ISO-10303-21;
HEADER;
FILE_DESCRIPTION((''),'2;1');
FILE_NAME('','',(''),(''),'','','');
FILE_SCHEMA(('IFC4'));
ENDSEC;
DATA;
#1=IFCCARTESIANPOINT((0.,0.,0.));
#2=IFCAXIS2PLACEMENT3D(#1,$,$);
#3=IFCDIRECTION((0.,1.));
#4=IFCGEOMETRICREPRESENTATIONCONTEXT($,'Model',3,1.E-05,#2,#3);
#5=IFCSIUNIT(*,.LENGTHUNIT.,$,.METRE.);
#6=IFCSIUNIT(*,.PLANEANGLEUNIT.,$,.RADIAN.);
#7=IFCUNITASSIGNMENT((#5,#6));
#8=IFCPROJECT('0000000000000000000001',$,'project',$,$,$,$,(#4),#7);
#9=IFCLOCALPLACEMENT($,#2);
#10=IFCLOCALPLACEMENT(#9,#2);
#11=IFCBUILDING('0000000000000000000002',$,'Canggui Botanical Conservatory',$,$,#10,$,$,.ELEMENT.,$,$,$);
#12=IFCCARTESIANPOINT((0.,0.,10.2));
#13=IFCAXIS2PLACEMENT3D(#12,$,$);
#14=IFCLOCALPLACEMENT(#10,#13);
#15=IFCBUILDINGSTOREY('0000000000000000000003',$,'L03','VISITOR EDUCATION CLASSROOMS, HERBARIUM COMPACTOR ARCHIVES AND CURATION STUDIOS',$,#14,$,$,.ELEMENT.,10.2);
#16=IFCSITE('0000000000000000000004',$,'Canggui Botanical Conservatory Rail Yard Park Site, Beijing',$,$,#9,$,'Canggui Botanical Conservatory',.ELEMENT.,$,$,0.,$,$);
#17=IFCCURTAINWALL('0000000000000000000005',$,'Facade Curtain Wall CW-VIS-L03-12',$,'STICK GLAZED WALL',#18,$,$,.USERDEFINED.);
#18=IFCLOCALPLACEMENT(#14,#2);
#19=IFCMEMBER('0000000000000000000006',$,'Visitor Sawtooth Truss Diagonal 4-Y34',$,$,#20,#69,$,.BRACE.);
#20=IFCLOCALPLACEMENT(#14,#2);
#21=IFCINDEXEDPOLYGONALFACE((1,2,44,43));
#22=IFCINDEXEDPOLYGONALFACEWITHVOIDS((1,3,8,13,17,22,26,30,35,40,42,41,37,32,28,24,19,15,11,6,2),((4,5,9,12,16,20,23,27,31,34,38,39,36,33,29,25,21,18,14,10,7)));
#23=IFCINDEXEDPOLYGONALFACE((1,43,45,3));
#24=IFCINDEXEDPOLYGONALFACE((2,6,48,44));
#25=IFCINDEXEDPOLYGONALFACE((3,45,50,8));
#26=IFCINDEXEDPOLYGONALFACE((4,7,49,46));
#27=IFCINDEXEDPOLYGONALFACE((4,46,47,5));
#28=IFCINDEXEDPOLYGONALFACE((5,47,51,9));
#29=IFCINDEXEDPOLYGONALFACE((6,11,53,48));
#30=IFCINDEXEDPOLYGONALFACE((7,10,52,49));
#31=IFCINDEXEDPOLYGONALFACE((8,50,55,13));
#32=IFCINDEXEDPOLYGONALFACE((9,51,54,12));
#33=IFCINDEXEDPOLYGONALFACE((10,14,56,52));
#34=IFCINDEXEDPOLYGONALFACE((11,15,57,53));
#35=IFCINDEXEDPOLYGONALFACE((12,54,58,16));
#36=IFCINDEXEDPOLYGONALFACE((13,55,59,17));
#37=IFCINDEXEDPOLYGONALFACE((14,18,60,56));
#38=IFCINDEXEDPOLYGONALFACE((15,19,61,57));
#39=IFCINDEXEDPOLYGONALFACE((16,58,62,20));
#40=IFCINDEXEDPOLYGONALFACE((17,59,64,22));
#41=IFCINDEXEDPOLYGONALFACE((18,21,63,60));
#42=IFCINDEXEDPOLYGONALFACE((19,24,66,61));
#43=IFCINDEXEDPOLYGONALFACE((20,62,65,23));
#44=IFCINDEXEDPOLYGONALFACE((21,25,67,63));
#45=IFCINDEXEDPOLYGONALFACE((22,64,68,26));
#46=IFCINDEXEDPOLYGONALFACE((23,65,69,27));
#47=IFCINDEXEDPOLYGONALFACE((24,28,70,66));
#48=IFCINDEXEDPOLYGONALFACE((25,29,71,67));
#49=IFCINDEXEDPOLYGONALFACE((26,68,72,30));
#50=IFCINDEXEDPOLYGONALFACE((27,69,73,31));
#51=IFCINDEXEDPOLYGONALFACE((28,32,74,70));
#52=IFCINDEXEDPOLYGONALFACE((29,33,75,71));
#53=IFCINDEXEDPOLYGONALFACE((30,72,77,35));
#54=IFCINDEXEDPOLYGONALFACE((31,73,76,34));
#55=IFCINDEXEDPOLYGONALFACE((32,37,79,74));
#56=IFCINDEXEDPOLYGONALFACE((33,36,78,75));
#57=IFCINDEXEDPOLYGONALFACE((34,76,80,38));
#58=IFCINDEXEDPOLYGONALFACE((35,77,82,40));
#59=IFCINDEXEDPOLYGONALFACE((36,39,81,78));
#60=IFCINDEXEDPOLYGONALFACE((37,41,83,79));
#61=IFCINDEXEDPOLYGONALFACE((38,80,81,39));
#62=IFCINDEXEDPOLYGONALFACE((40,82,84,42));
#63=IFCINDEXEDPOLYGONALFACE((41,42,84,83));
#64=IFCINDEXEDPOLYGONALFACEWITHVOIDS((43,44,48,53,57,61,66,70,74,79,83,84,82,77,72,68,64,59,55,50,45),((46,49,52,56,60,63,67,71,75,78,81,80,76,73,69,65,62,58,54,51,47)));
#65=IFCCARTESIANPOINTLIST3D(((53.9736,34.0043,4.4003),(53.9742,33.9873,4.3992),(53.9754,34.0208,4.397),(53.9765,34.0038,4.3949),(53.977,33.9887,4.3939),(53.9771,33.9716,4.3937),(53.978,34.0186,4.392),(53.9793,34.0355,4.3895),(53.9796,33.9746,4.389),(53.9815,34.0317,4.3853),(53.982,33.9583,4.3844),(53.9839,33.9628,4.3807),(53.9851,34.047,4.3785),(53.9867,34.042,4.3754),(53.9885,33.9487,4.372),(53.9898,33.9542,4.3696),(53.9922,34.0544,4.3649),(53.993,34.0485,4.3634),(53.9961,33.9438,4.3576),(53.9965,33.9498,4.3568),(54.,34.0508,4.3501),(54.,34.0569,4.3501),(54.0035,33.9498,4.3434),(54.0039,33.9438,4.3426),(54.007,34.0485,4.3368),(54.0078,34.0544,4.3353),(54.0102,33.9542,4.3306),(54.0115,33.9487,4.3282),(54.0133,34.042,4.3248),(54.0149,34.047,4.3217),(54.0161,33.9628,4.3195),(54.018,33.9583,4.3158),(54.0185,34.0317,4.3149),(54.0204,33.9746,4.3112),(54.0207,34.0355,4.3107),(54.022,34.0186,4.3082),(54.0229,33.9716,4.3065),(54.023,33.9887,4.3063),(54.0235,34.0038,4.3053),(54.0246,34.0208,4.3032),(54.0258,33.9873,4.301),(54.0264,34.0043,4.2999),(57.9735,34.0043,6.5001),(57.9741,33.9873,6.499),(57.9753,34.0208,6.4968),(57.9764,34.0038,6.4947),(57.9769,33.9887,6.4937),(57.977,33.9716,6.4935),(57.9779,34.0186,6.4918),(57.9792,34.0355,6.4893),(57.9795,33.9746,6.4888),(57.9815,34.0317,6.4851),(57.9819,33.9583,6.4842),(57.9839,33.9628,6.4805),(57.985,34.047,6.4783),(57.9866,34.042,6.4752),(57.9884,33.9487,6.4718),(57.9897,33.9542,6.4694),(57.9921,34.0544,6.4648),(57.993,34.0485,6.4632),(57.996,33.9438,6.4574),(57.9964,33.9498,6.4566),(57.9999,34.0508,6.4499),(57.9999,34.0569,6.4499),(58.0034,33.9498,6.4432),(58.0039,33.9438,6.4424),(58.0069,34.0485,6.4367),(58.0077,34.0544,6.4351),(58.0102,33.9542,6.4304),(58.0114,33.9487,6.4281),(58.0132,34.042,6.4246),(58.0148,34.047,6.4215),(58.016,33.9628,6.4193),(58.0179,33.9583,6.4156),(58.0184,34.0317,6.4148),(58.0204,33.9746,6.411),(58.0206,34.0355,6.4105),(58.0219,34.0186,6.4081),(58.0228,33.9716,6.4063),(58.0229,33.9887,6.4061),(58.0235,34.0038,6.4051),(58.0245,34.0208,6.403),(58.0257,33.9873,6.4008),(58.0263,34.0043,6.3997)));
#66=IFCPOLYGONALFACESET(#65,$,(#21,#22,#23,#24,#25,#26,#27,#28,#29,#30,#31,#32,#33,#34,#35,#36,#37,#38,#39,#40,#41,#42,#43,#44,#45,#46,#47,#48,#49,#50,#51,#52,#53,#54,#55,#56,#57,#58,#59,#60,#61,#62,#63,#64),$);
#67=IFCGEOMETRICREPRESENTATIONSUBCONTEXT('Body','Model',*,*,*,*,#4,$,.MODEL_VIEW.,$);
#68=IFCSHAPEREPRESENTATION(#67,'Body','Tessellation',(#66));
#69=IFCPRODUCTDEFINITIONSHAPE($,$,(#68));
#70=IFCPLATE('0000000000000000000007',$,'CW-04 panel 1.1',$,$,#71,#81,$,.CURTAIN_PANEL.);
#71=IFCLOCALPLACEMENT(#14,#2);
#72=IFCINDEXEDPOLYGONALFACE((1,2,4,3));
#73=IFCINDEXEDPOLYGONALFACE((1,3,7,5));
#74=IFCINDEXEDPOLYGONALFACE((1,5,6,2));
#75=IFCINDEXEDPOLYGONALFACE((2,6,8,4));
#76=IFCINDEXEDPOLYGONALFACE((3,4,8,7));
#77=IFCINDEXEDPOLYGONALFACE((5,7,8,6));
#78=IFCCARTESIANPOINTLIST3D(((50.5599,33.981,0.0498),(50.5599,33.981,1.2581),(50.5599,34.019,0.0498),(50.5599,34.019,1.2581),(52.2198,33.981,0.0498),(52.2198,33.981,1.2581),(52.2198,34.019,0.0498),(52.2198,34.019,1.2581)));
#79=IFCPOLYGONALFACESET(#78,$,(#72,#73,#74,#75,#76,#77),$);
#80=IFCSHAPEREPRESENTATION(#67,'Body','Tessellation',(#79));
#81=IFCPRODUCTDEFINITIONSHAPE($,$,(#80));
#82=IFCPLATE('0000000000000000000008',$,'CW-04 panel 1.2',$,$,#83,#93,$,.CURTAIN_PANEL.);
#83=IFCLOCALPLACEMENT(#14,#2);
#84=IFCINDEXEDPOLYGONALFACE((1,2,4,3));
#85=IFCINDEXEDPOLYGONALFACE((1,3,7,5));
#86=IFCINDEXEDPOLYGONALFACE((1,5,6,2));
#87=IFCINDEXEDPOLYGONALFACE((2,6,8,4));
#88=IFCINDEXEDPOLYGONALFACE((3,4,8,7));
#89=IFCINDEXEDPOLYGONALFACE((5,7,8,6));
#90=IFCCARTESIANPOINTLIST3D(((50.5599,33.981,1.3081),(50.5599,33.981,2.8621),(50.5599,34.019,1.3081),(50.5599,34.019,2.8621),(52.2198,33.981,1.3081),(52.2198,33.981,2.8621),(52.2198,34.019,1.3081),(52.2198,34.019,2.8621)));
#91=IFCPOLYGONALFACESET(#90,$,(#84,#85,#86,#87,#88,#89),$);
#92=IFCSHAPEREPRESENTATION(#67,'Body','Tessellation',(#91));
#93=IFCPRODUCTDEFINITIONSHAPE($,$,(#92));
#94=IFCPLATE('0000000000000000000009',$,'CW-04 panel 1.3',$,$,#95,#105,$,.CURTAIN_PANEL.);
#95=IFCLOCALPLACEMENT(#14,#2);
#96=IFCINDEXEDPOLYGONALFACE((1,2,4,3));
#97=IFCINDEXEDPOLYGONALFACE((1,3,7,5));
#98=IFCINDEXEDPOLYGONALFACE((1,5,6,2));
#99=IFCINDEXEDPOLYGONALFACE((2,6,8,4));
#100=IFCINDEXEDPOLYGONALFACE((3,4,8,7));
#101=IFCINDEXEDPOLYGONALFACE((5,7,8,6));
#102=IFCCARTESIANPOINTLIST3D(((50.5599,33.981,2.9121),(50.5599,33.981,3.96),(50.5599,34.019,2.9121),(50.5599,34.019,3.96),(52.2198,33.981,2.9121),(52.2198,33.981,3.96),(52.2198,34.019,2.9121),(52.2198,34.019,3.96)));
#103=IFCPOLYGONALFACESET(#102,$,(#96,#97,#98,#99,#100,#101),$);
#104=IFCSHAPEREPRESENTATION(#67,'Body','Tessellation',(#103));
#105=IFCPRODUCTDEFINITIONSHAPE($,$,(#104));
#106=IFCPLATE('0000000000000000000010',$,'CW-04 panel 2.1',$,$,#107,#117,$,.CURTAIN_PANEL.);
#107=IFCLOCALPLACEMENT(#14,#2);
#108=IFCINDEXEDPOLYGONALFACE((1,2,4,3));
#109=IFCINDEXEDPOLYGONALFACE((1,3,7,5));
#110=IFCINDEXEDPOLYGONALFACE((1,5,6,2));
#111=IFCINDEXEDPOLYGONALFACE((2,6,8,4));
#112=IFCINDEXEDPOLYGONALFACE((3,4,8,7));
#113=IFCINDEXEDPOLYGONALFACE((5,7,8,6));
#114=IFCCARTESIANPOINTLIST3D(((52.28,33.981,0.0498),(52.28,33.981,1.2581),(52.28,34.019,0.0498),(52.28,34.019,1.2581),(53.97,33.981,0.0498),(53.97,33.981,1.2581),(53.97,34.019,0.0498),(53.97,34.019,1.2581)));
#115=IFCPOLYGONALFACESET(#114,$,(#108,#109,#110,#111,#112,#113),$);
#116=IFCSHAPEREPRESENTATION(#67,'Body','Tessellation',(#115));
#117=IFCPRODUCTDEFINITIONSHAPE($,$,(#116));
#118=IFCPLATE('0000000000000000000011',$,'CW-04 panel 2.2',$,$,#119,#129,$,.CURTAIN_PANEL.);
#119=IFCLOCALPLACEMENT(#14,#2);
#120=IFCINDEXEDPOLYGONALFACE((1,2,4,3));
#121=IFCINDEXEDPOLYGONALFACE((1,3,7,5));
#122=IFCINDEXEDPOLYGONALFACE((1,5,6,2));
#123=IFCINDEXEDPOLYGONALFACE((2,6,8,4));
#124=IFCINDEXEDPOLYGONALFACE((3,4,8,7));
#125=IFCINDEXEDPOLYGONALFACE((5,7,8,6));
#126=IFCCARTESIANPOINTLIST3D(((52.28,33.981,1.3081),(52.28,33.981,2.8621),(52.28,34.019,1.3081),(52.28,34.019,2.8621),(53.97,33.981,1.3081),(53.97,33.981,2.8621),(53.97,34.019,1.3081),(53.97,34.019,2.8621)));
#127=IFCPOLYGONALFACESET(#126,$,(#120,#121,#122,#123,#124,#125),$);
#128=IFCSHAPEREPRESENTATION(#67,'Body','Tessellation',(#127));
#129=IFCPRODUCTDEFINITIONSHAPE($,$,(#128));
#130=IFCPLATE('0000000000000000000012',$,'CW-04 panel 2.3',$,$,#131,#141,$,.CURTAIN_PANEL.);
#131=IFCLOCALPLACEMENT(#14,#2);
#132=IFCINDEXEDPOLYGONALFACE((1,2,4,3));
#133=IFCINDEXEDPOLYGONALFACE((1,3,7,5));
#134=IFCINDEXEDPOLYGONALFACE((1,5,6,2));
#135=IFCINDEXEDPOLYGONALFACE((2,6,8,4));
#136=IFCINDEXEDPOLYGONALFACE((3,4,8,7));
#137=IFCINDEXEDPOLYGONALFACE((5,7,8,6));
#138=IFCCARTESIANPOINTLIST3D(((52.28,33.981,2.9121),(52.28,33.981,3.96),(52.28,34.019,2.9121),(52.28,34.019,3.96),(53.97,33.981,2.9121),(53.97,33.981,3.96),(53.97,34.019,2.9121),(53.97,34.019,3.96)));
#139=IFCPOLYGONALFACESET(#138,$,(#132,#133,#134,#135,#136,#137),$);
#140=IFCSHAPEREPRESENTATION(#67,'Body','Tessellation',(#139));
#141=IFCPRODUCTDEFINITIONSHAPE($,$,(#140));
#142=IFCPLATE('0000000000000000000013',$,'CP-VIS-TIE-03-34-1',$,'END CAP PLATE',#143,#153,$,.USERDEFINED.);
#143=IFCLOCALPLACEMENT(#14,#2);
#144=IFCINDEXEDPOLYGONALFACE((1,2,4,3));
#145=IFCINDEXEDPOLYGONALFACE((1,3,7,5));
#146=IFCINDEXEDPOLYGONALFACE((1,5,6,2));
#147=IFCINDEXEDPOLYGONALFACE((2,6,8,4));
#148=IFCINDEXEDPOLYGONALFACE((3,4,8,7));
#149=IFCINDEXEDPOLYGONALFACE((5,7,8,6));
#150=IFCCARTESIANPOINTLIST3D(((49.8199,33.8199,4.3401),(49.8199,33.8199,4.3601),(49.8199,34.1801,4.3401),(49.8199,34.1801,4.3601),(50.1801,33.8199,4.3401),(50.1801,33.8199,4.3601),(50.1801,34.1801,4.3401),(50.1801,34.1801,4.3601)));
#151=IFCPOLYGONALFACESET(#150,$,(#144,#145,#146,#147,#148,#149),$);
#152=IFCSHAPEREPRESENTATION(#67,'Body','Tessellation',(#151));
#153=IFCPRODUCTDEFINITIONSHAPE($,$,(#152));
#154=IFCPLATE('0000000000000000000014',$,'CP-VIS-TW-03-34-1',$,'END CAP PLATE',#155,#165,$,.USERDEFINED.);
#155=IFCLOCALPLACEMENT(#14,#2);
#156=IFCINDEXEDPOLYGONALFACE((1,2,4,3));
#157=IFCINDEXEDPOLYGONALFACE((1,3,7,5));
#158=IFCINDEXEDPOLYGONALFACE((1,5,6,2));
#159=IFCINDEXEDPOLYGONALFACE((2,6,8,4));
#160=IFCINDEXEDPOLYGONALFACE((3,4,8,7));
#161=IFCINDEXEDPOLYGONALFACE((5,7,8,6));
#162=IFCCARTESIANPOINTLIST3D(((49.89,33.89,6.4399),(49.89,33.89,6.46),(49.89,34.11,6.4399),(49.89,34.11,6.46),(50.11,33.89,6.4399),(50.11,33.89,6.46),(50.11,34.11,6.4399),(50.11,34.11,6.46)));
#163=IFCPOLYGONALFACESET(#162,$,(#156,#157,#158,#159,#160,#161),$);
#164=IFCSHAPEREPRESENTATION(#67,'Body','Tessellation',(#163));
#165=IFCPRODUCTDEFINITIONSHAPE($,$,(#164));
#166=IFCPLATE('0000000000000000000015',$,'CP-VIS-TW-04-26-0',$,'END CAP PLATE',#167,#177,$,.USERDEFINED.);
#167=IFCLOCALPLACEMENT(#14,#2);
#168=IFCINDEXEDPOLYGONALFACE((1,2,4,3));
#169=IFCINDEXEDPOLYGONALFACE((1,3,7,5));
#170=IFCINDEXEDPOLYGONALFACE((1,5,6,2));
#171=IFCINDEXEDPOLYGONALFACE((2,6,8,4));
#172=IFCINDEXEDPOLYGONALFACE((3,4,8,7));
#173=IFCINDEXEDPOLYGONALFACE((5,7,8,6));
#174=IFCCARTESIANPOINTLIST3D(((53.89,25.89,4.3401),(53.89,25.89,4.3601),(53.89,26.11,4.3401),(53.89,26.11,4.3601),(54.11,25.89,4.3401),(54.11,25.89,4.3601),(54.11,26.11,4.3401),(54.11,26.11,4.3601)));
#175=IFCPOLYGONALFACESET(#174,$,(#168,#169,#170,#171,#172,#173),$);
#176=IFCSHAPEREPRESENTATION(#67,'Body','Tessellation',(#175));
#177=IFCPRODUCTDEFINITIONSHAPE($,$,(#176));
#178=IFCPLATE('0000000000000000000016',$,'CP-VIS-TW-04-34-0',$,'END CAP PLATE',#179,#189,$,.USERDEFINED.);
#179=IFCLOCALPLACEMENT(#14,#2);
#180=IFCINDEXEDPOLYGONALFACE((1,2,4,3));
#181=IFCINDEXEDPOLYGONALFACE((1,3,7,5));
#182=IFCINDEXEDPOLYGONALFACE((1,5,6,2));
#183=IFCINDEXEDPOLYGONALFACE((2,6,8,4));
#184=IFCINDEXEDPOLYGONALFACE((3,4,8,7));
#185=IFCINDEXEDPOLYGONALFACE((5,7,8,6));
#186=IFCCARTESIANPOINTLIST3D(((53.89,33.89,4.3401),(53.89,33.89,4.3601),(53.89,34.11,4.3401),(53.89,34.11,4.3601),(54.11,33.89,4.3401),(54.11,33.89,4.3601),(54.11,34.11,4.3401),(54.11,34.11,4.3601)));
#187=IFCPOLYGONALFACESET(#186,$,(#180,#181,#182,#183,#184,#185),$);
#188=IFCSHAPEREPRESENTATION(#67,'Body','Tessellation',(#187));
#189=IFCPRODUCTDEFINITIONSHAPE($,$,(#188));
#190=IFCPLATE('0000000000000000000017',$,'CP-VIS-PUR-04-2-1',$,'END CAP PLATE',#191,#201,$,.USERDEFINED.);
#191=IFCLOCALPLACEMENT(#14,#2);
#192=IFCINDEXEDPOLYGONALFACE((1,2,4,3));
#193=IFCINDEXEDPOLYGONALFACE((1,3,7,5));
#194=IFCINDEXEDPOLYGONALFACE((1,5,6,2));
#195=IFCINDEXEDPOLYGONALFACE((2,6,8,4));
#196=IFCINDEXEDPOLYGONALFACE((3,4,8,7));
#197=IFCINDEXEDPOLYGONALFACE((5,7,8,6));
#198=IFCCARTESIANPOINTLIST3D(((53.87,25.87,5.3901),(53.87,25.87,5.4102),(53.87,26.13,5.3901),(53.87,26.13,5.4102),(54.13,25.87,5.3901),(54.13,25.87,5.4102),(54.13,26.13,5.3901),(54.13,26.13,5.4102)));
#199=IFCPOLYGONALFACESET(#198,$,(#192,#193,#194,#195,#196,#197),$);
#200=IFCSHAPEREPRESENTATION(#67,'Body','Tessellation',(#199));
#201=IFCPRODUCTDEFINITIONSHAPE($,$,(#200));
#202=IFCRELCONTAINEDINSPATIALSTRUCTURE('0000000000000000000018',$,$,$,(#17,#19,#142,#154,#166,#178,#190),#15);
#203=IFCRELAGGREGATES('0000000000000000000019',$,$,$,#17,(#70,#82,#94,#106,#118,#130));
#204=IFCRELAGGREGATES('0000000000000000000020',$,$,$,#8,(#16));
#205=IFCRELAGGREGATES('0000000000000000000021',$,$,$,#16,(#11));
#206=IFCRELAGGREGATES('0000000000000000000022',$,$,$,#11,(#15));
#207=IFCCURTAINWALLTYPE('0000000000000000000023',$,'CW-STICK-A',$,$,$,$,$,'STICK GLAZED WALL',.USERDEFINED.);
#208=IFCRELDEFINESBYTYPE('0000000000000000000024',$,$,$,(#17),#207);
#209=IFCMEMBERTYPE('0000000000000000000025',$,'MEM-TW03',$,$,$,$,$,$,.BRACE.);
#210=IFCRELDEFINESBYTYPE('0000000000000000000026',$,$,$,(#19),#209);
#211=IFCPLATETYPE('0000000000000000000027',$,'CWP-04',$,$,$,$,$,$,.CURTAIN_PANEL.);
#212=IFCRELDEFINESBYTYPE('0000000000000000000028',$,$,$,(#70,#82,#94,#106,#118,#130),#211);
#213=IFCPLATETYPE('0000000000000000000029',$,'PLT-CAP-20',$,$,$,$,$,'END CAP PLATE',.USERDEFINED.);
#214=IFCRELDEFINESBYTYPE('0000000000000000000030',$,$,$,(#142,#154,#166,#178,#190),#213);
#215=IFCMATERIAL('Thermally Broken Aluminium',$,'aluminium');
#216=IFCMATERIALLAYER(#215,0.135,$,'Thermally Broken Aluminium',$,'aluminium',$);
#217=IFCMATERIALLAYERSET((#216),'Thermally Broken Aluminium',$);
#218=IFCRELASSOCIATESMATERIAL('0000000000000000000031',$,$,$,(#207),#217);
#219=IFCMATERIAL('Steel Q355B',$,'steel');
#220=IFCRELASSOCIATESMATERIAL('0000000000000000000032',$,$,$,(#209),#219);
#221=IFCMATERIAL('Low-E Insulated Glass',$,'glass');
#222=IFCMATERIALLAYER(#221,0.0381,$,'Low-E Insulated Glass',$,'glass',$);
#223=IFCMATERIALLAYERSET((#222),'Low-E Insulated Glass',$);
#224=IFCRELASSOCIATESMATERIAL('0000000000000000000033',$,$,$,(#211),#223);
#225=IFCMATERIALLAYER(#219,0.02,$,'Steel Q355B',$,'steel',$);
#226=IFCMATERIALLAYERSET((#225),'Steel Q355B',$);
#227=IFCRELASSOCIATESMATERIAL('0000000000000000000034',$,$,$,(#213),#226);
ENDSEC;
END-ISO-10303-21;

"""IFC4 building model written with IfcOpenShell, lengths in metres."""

from ifc_helpers import new_model, si_unit, direction, frame, origin, origin_2d, place, context, subcontext, project, spatial, rectangle, hollow_circle, extrude, material, layer, layer_set, material_profile, profile_set, type_object, element, aggregate, save


model = new_model("IFC4")

# Units and contexts
model_context = context("Model", 3, precision=1e-05, world=origin(), true_north=direction((0.0, 1.0)))
body_context = subcontext(model_context, "Body", "Model", "MODEL_VIEW")
ifc_project = project(units=[si_unit("LENGTHUNIT", "METRE"), si_unit("PLANEANGLEUNIT", "RADIAN")], contexts=[model_context])

# Site, building, storey
site_placement = place(None, origin())
site = spatial("IfcSite", under=ifc_project, at=site_placement, Name="Canggui Botanical Conservatory Rail Yard Park Site, Beijing", LongName="Canggui Botanical Conservatory", CompositionType="ELEMENT", RefElevation=0.0)
building_placement = place(site_placement, origin())
building = spatial("IfcBuilding", under=site, at=building_placement, Name="Canggui Botanical Conservatory", CompositionType="ELEMENT")
storey_placement = place(building_placement, frame((0.0, 0.0, 10.2)))
storey = spatial("IfcBuildingStorey", under=building, at=storey_placement, Name="L03", Description="VISITOR EDUCATION CLASSROOMS, HERBARIUM COMPACTOR ARCHIVES AND CURATION STUDIOS", CompositionType="ELEMENT", Elevation=10.2)

# Shared definitions
ifc_material_1 = material(Name="Steel Q355B", Category="steel")

# Curtain wall
ifc_material_2 = material(Name="Thermally Broken Aluminium", Category="aluminium")
ifc_layer_1 = layer(ifc_material_2, 0.135, Name="Thermally Broken Aluminium", Category="aluminium")
ifc_layer_set_1 = layer_set([ifc_layer_1], Name="Thermally Broken Aluminium")
curtain_wall_type = type_object("IfcCurtainWallType", Name="CW-STICK-A", ElementType="STICK GLAZED WALL", PredefinedType="USERDEFINED", material=ifc_layer_set_1)
curtain_wall_placement = place(storey_placement, origin())
curtain_wall = element("IfcCurtainWall", 1, at=curtain_wall_placement, inside=storey, type_object=curtain_wall_type, Name="Facade Curtain Wall CW-VIS-L03-12", ObjectType="STICK GLAZED WALL", PredefinedType="USERDEFINED")

# Member
ifc_material_profile_1 = material_profile(ifc_material_1, hollow_circle(Radius=0.0569, WallThickness=0.0061, at=origin_2d()), Name="CHS 114x6")
ifc_profile_set_1 = profile_set([ifc_material_profile_1], Name="Steel Q355B")
member_type_1 = type_object("IfcMemberType", Name="MEM-TW03", PredefinedType="BRACE", material=ifc_profile_set_1)
for number, where, z_axis, x_axis, name in (
    (2, (54.0, 34.0, 4.3501), (0.885411, 0.0, 0.464808), (0.0, 1.0, 0.0), "Visitor Sawtooth Truss Diagonal 4-Y34"),
):
    element("IfcMember", number, at=place(storey_placement, frame(where, z_axis=z_axis, x_axis=x_axis)), inside=storey, type_object=member_type_1, Name=name, PredefinedType="BRACE", context=body_context, shape_type="SweptSolid", body=[
        extrude(hollow_circle(Radius=0.0569, WallThickness=0.0061, at=origin_2d()), origin(), (0.0, 0.0, 1.0), 4.5176),
    ])

# Plates
ifc_material_3 = material(Name="Low-E Insulated Glass", Category="glass")
ifc_layer_2 = layer(ifc_material_3, 0.0381, Name="Low-E Insulated Glass", Category="glass")
ifc_layer_set_2 = layer_set([ifc_layer_2], Name="Low-E Insulated Glass")
plate_type_1 = type_object("IfcPlateType", Name="CWP-04", PredefinedType="CURTAIN_PANEL", material=ifc_layer_set_2)
plate_1_placement = place(storey_placement, frame((51.3899, 34.0, 0.0498), z_axis=(0.0, 0.0, 1.0), x_axis=(1.0, 0.0, 0.0)))
plate_1 = element("IfcPlate", 3, at=plate_1_placement, type_object=plate_type_1, Name="CW-04 panel 1.1", PredefinedType="CURTAIN_PANEL", context=body_context, shape_type="SweptSolid", body=[
    extrude(rectangle(XDim=1.6599, YDim=0.0381, at=origin_2d()), origin(), (0.0, 0.0, 1.0), 1.2083),
])
plate_2_placement = place(storey_placement, frame((51.3899, 34.0, 1.3081), z_axis=(0.0, 0.0, 1.0), x_axis=(1.0, 0.0, 0.0)))
plate_2 = element("IfcPlate", 4, at=plate_2_placement, type_object=plate_type_1, Name="CW-04 panel 1.2", PredefinedType="CURTAIN_PANEL", context=body_context, shape_type="SweptSolid", body=[
    extrude(rectangle(XDim=1.6599, YDim=0.0381, at=origin_2d()), origin(), (0.0, 0.0, 1.0), 1.554),
])
plate_3_placement = place(storey_placement, frame((51.3899, 34.0, 2.9121), z_axis=(0.0, 0.0, 1.0), x_axis=(1.0, 0.0, 0.0)))
plate_3 = element("IfcPlate", 5, at=plate_3_placement, type_object=plate_type_1, Name="CW-04 panel 1.3", PredefinedType="CURTAIN_PANEL", context=body_context, shape_type="SweptSolid", body=[
    extrude(rectangle(XDim=1.6599, YDim=0.0381, at=origin_2d()), origin(), (0.0, 0.0, 1.0), 1.0479),
])
plate_4_placement = place(storey_placement, frame((53.125, 34.0, 0.0498), z_axis=(0.0, 0.0, 1.0), x_axis=(1.0, 0.0, 0.0)))
plate_4 = element("IfcPlate", 6, at=plate_4_placement, type_object=plate_type_1, Name="CW-04 panel 2.1", PredefinedType="CURTAIN_PANEL", context=body_context, shape_type="SweptSolid", body=[
    extrude(rectangle(XDim=1.6899, YDim=0.0381, at=origin_2d()), origin(), (0.0, 0.0, 1.0), 1.2083),
])
plate_5_placement = place(storey_placement, frame((53.125, 34.0, 1.3081), z_axis=(0.0, 0.0, 1.0), x_axis=(1.0, 0.0, 0.0)))
plate_5 = element("IfcPlate", 7, at=plate_5_placement, type_object=plate_type_1, Name="CW-04 panel 2.2", PredefinedType="CURTAIN_PANEL", context=body_context, shape_type="SweptSolid", body=[
    extrude(rectangle(XDim=1.6899, YDim=0.0381, at=origin_2d()), origin(), (0.0, 0.0, 1.0), 1.554),
])
plate_6_placement = place(storey_placement, frame((53.125, 34.0, 2.9121), z_axis=(0.0, 0.0, 1.0), x_axis=(1.0, 0.0, 0.0)))
plate_6 = element("IfcPlate", 8, at=plate_6_placement, type_object=plate_type_1, Name="CW-04 panel 2.3", PredefinedType="CURTAIN_PANEL", context=body_context, shape_type="SweptSolid", body=[
    extrude(rectangle(XDim=1.6899, YDim=0.0381, at=origin_2d()), origin(), (0.0, 0.0, 1.0), 1.0479),
])
aggregate(curtain_wall, [plate_1, plate_2, plate_3, plate_4, plate_5, plate_6])

# Plates
ifc_layer_3 = layer(ifc_material_1, 0.02, Name="Steel Q355B", Category="steel")
ifc_layer_set_3 = layer_set([ifc_layer_3], Name="Steel Q355B")
plate_type_2 = type_object("IfcPlateType", Name="PLT-CAP-20", ElementType="END CAP PLATE", PredefinedType="USERDEFINED", material=ifc_layer_set_3)
plate_7_placement = place(storey_placement, frame((50.0, 34.0, 4.3401), z_axis=(0.0, 0.0, 1.0), x_axis=(1.0, 0.0, 0.0)))
element("IfcPlate", 9, at=plate_7_placement, inside=storey, type_object=plate_type_2, Name="CP-VIS-TIE-03-34-1", ObjectType="END CAP PLATE", PredefinedType="USERDEFINED", context=body_context, shape_type="SweptSolid", body=[
    extrude(rectangle(XDim=0.3601, YDim=0.3601, at=origin_2d()), origin(), (0.0, 0.0, 1.0), 0.02),
])
for number, where, z_axis, x_axis, name in (
    (10, (50.0, 34.0, 6.4399), (0.0, 0.0, 1.0), (1.0, 0.0, 0.0), "CP-VIS-TW-03-34-1"),
    (11, (54.0, 26.0, 4.3401), (0.0, 0.0, 1.0), (1.0, 0.0, 0.0), "CP-VIS-TW-04-26-0"),
    (12, (54.0, 34.0, 4.3401), (0.0, 0.0, 1.0), (1.0, 0.0, 0.0), "CP-VIS-TW-04-34-0"),
):
    element("IfcPlate", number, at=place(storey_placement, frame(where, z_axis=z_axis, x_axis=x_axis)), inside=storey, type_object=plate_type_2, Name=name, ObjectType="END CAP PLATE", PredefinedType="USERDEFINED", context=body_context, shape_type="SweptSolid", body=[
        extrude(rectangle(XDim=0.22, YDim=0.22, at=origin_2d()), origin(), (0.0, 0.0, 1.0), 0.02),
    ])
for number, where, z_axis, x_axis, name in (
    (13, (54.0, 26.0, 5.3901), (0.0, 0.0, 1.0), (1.0, 0.0, 0.0), "CP-VIS-PUR-04-2-1"),
):
    element("IfcPlate", number, at=place(storey_placement, frame(where, z_axis=z_axis, x_axis=x_axis)), inside=storey, type_object=plate_type_2, Name=name, ObjectType="END CAP PLATE", PredefinedType="USERDEFINED", context=body_context, shape_type="SweptSolid", body=[
        extrude(rectangle(XDim=0.26, YDim=0.26, at=origin_2d()), origin(), (0.0, 0.0, 1.0), 0.02),
    ])

save(model, "model.ifc")
